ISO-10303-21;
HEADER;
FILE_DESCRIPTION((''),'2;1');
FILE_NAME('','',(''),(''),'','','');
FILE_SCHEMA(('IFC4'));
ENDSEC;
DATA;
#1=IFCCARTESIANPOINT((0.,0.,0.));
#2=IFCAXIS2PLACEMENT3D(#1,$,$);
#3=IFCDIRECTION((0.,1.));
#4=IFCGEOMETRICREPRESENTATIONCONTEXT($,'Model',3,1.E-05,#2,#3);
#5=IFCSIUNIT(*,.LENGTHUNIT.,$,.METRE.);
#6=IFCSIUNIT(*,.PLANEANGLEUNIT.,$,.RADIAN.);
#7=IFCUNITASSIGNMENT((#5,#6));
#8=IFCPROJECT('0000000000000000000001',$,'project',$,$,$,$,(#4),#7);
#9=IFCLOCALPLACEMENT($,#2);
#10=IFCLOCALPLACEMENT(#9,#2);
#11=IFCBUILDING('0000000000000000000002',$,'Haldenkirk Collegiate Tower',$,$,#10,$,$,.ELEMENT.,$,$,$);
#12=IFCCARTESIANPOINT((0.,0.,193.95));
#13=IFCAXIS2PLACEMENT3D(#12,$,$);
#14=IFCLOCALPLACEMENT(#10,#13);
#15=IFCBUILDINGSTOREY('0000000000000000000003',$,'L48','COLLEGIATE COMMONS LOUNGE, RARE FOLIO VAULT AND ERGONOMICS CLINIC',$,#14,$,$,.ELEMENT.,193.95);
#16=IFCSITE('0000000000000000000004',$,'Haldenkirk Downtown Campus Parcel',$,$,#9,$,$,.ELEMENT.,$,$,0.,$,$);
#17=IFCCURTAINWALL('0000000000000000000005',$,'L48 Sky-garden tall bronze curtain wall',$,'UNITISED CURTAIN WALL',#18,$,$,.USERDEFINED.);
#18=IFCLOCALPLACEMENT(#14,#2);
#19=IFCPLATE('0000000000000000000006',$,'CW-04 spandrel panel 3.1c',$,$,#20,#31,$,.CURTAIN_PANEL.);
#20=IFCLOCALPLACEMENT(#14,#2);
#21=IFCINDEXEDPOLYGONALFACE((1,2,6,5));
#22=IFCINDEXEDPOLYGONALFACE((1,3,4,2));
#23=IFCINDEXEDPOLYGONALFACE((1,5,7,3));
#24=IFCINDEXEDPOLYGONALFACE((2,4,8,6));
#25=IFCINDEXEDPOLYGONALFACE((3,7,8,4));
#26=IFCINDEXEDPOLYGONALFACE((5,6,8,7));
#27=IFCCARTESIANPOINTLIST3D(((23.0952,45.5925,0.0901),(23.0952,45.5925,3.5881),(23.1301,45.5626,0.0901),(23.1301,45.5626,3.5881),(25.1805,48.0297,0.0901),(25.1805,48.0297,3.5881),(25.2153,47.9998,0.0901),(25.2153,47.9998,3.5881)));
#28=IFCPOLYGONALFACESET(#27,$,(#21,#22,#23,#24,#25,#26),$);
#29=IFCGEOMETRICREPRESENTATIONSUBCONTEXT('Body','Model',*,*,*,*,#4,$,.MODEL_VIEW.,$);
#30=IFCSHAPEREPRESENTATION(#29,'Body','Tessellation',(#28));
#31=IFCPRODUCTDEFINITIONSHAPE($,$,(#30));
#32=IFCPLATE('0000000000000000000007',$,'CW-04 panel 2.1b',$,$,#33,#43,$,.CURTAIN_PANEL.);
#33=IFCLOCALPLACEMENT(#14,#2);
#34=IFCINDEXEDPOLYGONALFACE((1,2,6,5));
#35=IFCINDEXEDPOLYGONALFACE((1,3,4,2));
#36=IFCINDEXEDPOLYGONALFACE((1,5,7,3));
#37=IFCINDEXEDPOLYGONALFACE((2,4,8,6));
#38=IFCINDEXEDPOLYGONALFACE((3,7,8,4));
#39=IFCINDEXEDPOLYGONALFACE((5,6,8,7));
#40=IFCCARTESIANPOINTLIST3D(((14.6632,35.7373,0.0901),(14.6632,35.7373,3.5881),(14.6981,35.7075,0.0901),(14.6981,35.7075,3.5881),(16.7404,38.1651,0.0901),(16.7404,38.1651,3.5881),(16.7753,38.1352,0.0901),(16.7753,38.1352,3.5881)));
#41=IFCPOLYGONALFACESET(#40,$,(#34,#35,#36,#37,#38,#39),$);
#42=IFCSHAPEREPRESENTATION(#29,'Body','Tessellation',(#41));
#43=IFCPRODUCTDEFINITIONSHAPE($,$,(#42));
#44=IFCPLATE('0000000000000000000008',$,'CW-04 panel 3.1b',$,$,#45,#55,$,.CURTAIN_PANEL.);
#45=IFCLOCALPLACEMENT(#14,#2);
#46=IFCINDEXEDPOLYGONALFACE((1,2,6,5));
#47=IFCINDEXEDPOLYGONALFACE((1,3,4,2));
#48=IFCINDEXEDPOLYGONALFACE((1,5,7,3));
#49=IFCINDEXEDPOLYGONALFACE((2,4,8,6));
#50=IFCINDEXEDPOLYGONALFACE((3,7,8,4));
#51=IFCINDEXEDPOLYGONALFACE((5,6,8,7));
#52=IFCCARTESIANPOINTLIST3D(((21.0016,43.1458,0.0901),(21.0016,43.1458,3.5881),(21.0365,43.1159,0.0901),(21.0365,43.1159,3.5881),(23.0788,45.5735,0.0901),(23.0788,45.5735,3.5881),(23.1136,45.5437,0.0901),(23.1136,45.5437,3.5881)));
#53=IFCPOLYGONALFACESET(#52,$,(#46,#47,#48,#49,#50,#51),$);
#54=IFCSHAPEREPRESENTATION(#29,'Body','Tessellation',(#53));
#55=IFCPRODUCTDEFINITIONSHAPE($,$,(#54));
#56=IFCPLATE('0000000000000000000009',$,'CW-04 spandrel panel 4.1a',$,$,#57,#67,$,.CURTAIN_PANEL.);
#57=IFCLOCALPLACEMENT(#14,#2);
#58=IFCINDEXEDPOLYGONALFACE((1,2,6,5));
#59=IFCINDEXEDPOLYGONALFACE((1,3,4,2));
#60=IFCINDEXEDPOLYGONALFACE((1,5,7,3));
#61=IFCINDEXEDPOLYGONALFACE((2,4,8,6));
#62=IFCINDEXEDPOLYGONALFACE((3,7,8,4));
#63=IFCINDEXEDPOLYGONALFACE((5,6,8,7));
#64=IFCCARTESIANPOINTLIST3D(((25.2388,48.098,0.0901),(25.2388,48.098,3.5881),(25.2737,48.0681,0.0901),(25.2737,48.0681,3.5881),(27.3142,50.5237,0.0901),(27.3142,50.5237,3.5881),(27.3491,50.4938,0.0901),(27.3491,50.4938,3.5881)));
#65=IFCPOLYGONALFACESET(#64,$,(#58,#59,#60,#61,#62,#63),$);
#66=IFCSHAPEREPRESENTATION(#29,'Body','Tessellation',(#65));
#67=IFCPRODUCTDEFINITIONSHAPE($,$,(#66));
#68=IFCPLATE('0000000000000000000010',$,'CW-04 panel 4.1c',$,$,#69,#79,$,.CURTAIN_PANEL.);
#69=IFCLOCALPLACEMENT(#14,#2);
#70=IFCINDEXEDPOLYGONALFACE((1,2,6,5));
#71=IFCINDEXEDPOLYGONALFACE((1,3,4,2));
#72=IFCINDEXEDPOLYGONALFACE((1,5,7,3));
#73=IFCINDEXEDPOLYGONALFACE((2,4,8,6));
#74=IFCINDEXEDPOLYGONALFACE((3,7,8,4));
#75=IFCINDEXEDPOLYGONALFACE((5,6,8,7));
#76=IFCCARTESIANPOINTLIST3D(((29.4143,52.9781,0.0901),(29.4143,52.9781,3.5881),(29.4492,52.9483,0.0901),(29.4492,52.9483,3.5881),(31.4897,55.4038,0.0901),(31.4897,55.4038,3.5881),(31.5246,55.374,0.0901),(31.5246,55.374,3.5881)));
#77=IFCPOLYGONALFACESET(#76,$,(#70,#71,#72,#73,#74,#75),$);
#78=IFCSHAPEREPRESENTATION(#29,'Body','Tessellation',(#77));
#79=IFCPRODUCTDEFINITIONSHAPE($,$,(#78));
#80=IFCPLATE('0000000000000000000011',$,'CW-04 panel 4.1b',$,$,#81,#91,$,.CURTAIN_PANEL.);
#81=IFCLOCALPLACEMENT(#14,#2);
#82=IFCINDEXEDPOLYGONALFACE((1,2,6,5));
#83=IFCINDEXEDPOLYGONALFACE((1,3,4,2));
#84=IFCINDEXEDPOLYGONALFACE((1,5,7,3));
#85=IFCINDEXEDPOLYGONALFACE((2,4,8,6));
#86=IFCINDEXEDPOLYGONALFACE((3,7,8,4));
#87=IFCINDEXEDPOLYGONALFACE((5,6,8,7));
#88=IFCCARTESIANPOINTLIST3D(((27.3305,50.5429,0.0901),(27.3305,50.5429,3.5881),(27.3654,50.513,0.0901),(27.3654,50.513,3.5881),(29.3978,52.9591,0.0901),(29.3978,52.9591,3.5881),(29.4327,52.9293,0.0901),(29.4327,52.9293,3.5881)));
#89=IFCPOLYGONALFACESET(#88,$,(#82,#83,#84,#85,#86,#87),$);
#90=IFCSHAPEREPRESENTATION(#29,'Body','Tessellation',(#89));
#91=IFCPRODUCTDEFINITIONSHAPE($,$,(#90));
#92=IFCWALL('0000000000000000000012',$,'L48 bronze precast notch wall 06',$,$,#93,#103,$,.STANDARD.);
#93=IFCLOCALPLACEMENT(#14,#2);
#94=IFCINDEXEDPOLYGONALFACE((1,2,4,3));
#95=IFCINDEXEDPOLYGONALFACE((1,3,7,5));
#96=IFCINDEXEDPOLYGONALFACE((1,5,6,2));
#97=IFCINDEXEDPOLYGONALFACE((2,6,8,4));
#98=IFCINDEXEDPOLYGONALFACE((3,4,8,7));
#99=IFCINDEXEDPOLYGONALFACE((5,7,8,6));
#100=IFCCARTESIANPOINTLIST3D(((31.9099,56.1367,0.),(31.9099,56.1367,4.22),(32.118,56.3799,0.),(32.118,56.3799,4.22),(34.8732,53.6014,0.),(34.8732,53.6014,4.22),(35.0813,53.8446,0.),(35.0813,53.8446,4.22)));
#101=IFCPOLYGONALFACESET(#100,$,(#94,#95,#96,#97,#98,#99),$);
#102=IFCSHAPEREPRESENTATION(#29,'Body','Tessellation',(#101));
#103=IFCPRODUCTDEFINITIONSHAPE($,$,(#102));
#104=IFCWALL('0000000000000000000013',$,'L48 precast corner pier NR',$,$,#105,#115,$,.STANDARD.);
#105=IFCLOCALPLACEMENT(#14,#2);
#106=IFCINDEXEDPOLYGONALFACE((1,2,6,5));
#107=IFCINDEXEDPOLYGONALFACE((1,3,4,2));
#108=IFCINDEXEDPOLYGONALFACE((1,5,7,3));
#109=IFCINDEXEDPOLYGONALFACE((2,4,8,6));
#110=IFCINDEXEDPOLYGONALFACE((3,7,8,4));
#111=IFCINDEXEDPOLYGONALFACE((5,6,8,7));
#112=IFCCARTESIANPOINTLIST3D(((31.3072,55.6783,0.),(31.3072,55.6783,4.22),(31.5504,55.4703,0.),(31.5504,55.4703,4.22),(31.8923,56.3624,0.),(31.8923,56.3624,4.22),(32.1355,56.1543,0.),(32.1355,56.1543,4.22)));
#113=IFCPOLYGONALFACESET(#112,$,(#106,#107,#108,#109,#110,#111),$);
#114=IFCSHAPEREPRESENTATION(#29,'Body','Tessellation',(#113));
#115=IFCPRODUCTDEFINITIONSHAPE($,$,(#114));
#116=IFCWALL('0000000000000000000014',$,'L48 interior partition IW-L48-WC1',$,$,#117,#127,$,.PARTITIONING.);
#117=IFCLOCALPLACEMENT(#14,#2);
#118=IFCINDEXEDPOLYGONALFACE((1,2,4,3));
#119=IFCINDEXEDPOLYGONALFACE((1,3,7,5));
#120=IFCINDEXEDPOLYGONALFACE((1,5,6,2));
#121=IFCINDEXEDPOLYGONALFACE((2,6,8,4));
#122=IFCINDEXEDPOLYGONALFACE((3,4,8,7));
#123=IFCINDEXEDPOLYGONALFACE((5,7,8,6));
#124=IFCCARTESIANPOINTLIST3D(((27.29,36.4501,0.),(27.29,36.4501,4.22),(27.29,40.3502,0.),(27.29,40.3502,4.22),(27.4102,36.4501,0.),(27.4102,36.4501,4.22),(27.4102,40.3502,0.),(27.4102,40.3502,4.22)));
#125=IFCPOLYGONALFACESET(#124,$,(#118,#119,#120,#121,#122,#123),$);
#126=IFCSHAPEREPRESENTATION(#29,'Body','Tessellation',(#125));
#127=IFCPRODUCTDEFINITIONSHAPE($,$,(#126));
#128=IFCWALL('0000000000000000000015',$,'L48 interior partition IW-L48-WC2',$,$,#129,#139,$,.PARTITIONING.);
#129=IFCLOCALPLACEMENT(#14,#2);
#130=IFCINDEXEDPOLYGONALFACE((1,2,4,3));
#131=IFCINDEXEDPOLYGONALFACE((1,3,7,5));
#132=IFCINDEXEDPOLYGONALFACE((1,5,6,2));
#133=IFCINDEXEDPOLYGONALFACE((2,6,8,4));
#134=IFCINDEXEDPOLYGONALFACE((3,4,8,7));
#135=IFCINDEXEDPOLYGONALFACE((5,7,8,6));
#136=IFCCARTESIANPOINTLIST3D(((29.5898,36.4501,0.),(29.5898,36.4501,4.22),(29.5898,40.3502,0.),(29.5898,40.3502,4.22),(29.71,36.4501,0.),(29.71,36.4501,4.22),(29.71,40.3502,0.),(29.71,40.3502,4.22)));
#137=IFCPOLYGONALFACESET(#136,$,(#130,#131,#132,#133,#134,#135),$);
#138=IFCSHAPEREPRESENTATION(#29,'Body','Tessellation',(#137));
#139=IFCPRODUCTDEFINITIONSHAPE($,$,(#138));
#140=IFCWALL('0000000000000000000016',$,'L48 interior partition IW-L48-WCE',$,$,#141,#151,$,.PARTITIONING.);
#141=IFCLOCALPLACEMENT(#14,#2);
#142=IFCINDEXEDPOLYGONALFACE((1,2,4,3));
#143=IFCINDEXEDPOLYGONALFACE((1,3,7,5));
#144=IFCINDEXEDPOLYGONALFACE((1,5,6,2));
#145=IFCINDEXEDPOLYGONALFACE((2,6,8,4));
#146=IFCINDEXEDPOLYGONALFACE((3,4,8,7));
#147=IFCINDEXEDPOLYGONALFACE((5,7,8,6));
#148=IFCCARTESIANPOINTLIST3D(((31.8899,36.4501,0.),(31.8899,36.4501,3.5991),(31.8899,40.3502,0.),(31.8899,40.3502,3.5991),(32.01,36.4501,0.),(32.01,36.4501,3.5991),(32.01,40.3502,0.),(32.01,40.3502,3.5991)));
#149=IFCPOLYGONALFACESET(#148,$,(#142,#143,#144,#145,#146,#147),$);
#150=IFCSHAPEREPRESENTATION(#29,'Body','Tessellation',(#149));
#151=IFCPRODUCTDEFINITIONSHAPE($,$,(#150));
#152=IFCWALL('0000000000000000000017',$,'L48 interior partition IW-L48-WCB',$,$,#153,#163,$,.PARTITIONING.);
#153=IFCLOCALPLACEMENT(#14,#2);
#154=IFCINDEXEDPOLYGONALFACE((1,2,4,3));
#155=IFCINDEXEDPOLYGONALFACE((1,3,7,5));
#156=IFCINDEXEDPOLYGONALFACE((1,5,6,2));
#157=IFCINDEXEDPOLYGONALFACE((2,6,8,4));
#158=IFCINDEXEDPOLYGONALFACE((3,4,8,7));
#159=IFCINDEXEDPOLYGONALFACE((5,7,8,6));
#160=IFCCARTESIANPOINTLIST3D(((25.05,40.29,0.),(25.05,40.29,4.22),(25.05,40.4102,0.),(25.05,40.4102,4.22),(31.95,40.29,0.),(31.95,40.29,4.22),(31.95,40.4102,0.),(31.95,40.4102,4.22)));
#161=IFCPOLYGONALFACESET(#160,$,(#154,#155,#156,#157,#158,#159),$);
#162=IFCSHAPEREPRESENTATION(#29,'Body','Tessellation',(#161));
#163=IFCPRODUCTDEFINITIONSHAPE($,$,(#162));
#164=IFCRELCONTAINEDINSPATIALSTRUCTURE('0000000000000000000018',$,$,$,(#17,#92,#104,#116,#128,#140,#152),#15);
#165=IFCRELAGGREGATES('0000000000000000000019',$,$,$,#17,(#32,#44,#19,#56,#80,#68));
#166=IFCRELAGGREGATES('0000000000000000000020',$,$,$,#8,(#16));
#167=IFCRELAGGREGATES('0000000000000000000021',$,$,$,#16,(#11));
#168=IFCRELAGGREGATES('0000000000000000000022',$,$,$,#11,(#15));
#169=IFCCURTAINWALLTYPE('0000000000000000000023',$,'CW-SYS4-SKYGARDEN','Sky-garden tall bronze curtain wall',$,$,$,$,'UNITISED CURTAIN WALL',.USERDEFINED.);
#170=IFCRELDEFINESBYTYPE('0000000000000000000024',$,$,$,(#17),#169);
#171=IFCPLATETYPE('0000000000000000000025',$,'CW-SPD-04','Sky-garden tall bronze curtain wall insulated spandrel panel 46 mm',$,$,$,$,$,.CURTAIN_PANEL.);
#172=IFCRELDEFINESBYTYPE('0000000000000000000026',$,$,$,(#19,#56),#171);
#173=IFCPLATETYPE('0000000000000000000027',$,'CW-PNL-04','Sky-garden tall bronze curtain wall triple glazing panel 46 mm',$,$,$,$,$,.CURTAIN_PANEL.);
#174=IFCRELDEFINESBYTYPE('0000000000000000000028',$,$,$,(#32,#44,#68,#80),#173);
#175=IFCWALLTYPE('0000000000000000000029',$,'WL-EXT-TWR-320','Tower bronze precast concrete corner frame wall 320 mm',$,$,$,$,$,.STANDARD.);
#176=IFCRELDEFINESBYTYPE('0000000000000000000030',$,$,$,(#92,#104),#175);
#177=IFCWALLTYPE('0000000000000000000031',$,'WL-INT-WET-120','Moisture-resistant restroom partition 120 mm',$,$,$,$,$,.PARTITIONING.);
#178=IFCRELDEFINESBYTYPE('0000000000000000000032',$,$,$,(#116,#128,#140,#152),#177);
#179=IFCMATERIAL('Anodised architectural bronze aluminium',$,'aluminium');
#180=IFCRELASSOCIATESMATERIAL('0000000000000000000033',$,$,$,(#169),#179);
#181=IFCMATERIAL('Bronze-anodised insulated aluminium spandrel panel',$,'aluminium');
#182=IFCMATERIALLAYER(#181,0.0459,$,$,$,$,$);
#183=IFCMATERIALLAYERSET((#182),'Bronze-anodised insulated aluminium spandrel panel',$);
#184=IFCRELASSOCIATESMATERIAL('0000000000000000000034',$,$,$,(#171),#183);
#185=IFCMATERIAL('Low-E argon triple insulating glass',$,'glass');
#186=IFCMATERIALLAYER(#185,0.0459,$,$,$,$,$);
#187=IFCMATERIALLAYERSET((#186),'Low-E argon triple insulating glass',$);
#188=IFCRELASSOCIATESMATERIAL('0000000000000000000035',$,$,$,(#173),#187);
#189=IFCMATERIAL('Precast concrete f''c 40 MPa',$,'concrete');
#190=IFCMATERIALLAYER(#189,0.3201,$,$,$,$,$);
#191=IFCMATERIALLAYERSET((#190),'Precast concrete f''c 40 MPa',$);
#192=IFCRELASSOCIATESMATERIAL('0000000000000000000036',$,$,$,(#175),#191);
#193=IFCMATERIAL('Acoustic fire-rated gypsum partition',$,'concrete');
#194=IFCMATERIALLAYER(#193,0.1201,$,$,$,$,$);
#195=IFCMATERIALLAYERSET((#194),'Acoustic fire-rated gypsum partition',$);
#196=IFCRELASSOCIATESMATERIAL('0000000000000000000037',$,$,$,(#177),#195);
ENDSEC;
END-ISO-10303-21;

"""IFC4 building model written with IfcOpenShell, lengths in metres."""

from ifc_helpers import new_model, si_unit, direction, frame, frame_2d, origin, origin_2d, place, context, subcontext, project, spatial, rectangle, extrude, source, transform, mapped, material, layer, layer_set, type_object, element, aggregate, save


model = new_model("IFC4")

# Units and contexts
model_context = context("Model", 3, precision=1e-05, world=origin(), true_north=direction((0.0, 1.0)))
body_context = subcontext(model_context, "Body", "Model", "MODEL_VIEW")
ifc_project = project(units=[si_unit("LENGTHUNIT", "METRE"), si_unit("PLANEANGLEUNIT", "RADIAN")], contexts=[model_context])

# Site, building, storey
site_placement = place(None, origin())
site = spatial("IfcSite", under=ifc_project, at=site_placement, Name="Haldenkirk Downtown Campus Parcel", CompositionType="ELEMENT", RefElevation=0.0)
building_placement = place(site_placement, origin())
building = spatial("IfcBuilding", under=site, at=building_placement, Name="Haldenkirk Collegiate Tower", CompositionType="ELEMENT")
storey_placement = place(building_placement, frame((0.0, 0.0, 193.95)))
storey = spatial("IfcBuildingStorey", under=building, at=storey_placement, Name="L48", Description="COLLEGIATE COMMONS LOUNGE, RARE FOLIO VAULT AND ERGONOMICS CLINIC", CompositionType="ELEMENT", Elevation=193.95)

# Curtain wall
ifc_material_1 = material(Name="Anodised architectural bronze aluminium", Category="aluminium")
curtain_wall_type = type_object("IfcCurtainWallType", Name="CW-SYS4-SKYGARDEN", Description="Sky-garden tall bronze curtain wall", ElementType="UNITISED CURTAIN WALL", PredefinedType="USERDEFINED", material=ifc_material_1)
curtain_wall_placement = place(storey_placement, origin())
curtain_wall = element("IfcCurtainWall", 1, at=curtain_wall_placement, inside=storey, type_object=curtain_wall_type, Name="L48 Sky-garden tall bronze curtain wall", ObjectType="UNITISED CURTAIN WALL", PredefinedType="USERDEFINED")

# Plates
ifc_material_2 = material(Name="Bronze-anodised insulated aluminium spandrel panel", Category="aluminium")
ifc_layer_1 = layer(ifc_material_2, 0.0459)
ifc_layer_set_1 = layer_set([ifc_layer_1], Name="Bronze-anodised insulated aluminium spandrel panel")
plate_type_1 = type_object("IfcPlateType", Name="CW-SPD-04", Description="Sky-garden tall bronze curtain wall insulated spandrel panel 46 mm", PredefinedType="CURTAIN_PANEL", material=ifc_layer_set_1)
shared_shape_1 = source(origin(), body_context, "Body", "SweptSolid", [
    extrude(rectangle(XDim=3.2075, YDim=0.0459, at=origin_2d()), origin(), (0.0, 0.0, 1.0), 3.498),
])
plate_1_placement = place(storey_placement, frame((24.1553, 46.7961, 0.0901), z_axis=(0.0, 0.0, 1.0), x_axis=(0.650112, 0.759838, 0.0)))
plate_1 = element("IfcPlate", 2, at=plate_1_placement, type_object=plate_type_1, Name="CW-04 spandrel panel 3.1c", PredefinedType="CURTAIN_PANEL", context=body_context, shape_type="MappedRepresentation", body=[
    mapped(shared_shape_1, transform((0.0, 0.0, 0.0), x_axis=(1.0, 0.0, 0.0), y_axis=(0.0, 1.0, 0.0), z_axis=(0.0, 0.0, 1.0), scale=1.0)),
])
ifc_material_3 = material(Name="Low-E argon triple insulating glass", Category="glass")
ifc_layer_2 = layer(ifc_material_3, 0.0459)
ifc_layer_set_2 = layer_set([ifc_layer_2], Name="Low-E argon triple insulating glass")
plate_type_2 = type_object("IfcPlateType", Name="CW-PNL-04", Description="Sky-garden tall bronze curtain wall triple glazing panel 46 mm", PredefinedType="CURTAIN_PANEL", material=ifc_layer_set_2)
shared_shape_2 = source(origin(), body_context, "Body", "SweptSolid", [
    extrude(rectangle(XDim=3.1951, YDim=0.0459, at=origin_2d()), origin(), (0.0, 0.0, 1.0), 3.498),
])
plate_2_placement = place(storey_placement, frame((15.7192, 36.9363, 0.0901), z_axis=(0.0, 0.0, 1.0), x_axis=(0.650112, 0.759838, 0.0)))
plate_2 = element("IfcPlate", 3, at=plate_2_placement, type_object=plate_type_2, Name="CW-04 panel 2.1b", PredefinedType="CURTAIN_PANEL", context=body_context, shape_type="MappedRepresentation", body=[
    mapped(shared_shape_2, transform((0.0, 0.0, 0.0), x_axis=(1.0, 0.0, 0.0), y_axis=(0.0, 1.0, 0.0), z_axis=(0.0, 0.0, 1.0), scale=1.0)),
])
plate_3_placement = place(storey_placement, frame((22.0576, 44.3447, 0.0901), z_axis=(0.0, 0.0, 1.0), x_axis=(0.650112, 0.759838, 0.0)))
plate_3 = element("IfcPlate", 4, at=plate_3_placement, type_object=plate_type_2, Name="CW-04 panel 3.1b", PredefinedType="CURTAIN_PANEL", context=body_context, shape_type="MappedRepresentation", body=[
    mapped(shared_shape_2, transform((0.0, 0.0, 0.0), x_axis=(1.0, 0.0, 0.0), y_axis=(0.0, 1.0, 0.0), z_axis=(0.0, 0.0, 1.0), scale=1.0)),
])
shared_shape_3 = source(origin(), body_context, "Body", "SweptSolid", [
    extrude(rectangle(XDim=3.1924, YDim=0.0459, at=origin_2d()), origin(), (0.0, 0.0, 1.0), 3.498),
])
plate_4_placement = place(storey_placement, frame((26.2939, 49.2959, 0.0901), z_axis=(0.0, 0.0, 1.0), x_axis=(0.650112, 0.759838, 0.0)))
plate_4 = element("IfcPlate", 5, at=plate_4_placement, type_object=plate_type_1, Name="CW-04 spandrel panel 4.1a", PredefinedType="CURTAIN_PANEL", context=body_context, shape_type="MappedRepresentation", body=[
    mapped(shared_shape_3, transform((0.0, 0.0, 0.0), x_axis=(1.0, 0.0, 0.0), y_axis=(0.0, 1.0, 0.0), z_axis=(0.0, 0.0, 1.0), scale=1.0)),
])
plate_5_placement = place(storey_placement, frame((30.4695, 54.176, 0.0901), z_axis=(0.0, 0.0, 1.0), x_axis=(0.650112, 0.759838, 0.0)))
plate_5 = element("IfcPlate", 6, at=plate_5_placement, type_object=plate_type_2, Name="CW-04 panel 4.1c", PredefinedType="CURTAIN_PANEL", context=body_context, shape_type="MappedRepresentation", body=[
    mapped(shared_shape_3, transform((0.0, 0.0, 0.0), x_axis=(1.0, 0.0, 0.0), y_axis=(0.0, 1.0, 0.0), z_axis=(0.0, 0.0, 1.0), scale=1.0)),
])
shared_shape_4 = source(origin(), body_context, "Body", "SweptSolid", [
    extrude(rectangle(XDim=3.1799, YDim=0.0459, at=origin_2d()), origin(), (0.0, 0.0, 1.0), 3.498),
])
plate_6_placement = place(storey_placement, frame((28.3816, 51.7361, 0.0901), z_axis=(0.0, 0.0, 1.0), x_axis=(0.650112, 0.759838, 0.0)))
plate_6 = element("IfcPlate", 7, at=plate_6_placement, type_object=plate_type_2, Name="CW-04 panel 4.1b", PredefinedType="CURTAIN_PANEL", context=body_context, shape_type="MappedRepresentation", body=[
    mapped(shared_shape_4, transform((0.0, 0.0, 0.0), x_axis=(1.0, 0.0, 0.0), y_axis=(0.0, 1.0, 0.0), z_axis=(0.0, 0.0, 1.0), scale=1.0)),
])
aggregate(curtain_wall, [plate_2, plate_3, plate_1, plate_4, plate_6, plate_5])

# Walls
ifc_material_4 = material(Name="Precast concrete f'c 40 MPa", Category="concrete")
ifc_layer_3 = layer(ifc_material_4, 0.3201)
ifc_layer_set_3 = layer_set([ifc_layer_3], Name="Precast concrete f'c 40 MPa")
wall_type_1 = type_object("IfcWallType", Name="WL-EXT-TWR-320", Description="Tower bronze precast concrete corner frame wall 320 mm", PredefinedType="STANDARD", material=ifc_layer_set_3)
wall_1_placement = place(storey_placement, frame((32.0139, 56.2583, 0.0), z_axis=(0.0, 0.0, 1.0), x_axis=(0.759844, -0.650105, 0.0)))
element("IfcWall", 8, at=wall_1_placement, inside=storey, type_object=wall_type_1, Name="L48 bronze precast notch wall 06", PredefinedType="STANDARD", context=body_context, shape_type="SweptSolid", body=[
    extrude(rectangle(XDim=3.8999, YDim=0.3201, at=frame_2d((1.95, 0.0))), origin(), (0.0, 0.0, 1.0), 4.22),
])
wall_2_placement = place(storey_placement, frame((31.4287, 55.5742, 0.0), z_axis=(0.0, 0.0, 1.0), x_axis=(0.650054, 0.759888, 0.0)))
element("IfcWall", 9, at=wall_2_placement, inside=storey, type_object=wall_type_1, Name="L48 precast corner pier NR", PredefinedType="STANDARD", context=body_context, shape_type="SweptSolid", body=[
    extrude(rectangle(XDim=0.9001, YDim=0.3201, at=frame_2d((0.4502, 0.0))), origin(), (0.0, 0.0, 1.0), 4.22),
])
ifc_material_5 = material(Name="Acoustic fire-rated gypsum partition", Category="concrete")
ifc_layer_4 = layer(ifc_material_5, 0.1201)
ifc_layer_set_4 = layer_set([ifc_layer_4], Name="Acoustic fire-rated gypsum partition")
wall_type_2 = type_object("IfcWallType", Name="WL-INT-WET-120", Description="Moisture-resistant restroom partition 120 mm", PredefinedType="PARTITIONING", material=ifc_layer_set_4)
for number, where, z_axis, x_axis, name in (
    (10, (27.3501, 36.45, 0.0), (0.0, 0.0, 1.0), (0.0, 1.0, 0.0), "L48 interior partition IW-L48-WC1"),
    (11, (29.6499, 36.45, 0.0), (0.0, 0.0, 1.0), (0.0, 1.0, 0.0), "L48 interior partition IW-L48-WC2"),
):
    element("IfcWall", number, at=place(storey_placement, frame(where, z_axis=z_axis, x_axis=x_axis)), inside=storey, type_object=wall_type_2, Name=name, PredefinedType="PARTITIONING", context=body_context, shape_type="SweptSolid", body=[
        extrude(rectangle(XDim=3.9001, YDim=0.1201, at=frame_2d((1.9502, 0.0))), origin(), (0.0, 0.0, 1.0), 4.22),
    ])
wall_3_placement = place(storey_placement, frame((31.95, 36.45, 0.0), z_axis=(0.0, 0.0, 1.0), x_axis=(0.0, 1.0, 0.0)))
element("IfcWall", 12, at=wall_3_placement, inside=storey, type_object=wall_type_2, Name="L48 interior partition IW-L48-WCE", PredefinedType="PARTITIONING", context=body_context, shape_type="SweptSolid", body=[
    extrude(rectangle(XDim=3.9001, YDim=0.1201, at=frame_2d((1.9502, 0.0))), origin(), (0.0, 0.0, 1.0), 3.5991),
])
wall_4_placement = place(storey_placement, frame((25.05, 40.3501, 0.0), z_axis=(0.0, 0.0, 1.0), x_axis=(1.0, 0.0, 0.0)))
element("IfcWall", 13, at=wall_4_placement, inside=storey, type_object=wall_type_2, Name="L48 interior partition IW-L48-WCB", PredefinedType="PARTITIONING", context=body_context, shape_type="SweptSolid", body=[
    extrude(rectangle(XDim=6.8999, YDim=0.1201, at=frame_2d((3.45, 0.0))), origin(), (0.0, 0.0, 1.0), 4.22),
])

save(model, "model.ifc")
